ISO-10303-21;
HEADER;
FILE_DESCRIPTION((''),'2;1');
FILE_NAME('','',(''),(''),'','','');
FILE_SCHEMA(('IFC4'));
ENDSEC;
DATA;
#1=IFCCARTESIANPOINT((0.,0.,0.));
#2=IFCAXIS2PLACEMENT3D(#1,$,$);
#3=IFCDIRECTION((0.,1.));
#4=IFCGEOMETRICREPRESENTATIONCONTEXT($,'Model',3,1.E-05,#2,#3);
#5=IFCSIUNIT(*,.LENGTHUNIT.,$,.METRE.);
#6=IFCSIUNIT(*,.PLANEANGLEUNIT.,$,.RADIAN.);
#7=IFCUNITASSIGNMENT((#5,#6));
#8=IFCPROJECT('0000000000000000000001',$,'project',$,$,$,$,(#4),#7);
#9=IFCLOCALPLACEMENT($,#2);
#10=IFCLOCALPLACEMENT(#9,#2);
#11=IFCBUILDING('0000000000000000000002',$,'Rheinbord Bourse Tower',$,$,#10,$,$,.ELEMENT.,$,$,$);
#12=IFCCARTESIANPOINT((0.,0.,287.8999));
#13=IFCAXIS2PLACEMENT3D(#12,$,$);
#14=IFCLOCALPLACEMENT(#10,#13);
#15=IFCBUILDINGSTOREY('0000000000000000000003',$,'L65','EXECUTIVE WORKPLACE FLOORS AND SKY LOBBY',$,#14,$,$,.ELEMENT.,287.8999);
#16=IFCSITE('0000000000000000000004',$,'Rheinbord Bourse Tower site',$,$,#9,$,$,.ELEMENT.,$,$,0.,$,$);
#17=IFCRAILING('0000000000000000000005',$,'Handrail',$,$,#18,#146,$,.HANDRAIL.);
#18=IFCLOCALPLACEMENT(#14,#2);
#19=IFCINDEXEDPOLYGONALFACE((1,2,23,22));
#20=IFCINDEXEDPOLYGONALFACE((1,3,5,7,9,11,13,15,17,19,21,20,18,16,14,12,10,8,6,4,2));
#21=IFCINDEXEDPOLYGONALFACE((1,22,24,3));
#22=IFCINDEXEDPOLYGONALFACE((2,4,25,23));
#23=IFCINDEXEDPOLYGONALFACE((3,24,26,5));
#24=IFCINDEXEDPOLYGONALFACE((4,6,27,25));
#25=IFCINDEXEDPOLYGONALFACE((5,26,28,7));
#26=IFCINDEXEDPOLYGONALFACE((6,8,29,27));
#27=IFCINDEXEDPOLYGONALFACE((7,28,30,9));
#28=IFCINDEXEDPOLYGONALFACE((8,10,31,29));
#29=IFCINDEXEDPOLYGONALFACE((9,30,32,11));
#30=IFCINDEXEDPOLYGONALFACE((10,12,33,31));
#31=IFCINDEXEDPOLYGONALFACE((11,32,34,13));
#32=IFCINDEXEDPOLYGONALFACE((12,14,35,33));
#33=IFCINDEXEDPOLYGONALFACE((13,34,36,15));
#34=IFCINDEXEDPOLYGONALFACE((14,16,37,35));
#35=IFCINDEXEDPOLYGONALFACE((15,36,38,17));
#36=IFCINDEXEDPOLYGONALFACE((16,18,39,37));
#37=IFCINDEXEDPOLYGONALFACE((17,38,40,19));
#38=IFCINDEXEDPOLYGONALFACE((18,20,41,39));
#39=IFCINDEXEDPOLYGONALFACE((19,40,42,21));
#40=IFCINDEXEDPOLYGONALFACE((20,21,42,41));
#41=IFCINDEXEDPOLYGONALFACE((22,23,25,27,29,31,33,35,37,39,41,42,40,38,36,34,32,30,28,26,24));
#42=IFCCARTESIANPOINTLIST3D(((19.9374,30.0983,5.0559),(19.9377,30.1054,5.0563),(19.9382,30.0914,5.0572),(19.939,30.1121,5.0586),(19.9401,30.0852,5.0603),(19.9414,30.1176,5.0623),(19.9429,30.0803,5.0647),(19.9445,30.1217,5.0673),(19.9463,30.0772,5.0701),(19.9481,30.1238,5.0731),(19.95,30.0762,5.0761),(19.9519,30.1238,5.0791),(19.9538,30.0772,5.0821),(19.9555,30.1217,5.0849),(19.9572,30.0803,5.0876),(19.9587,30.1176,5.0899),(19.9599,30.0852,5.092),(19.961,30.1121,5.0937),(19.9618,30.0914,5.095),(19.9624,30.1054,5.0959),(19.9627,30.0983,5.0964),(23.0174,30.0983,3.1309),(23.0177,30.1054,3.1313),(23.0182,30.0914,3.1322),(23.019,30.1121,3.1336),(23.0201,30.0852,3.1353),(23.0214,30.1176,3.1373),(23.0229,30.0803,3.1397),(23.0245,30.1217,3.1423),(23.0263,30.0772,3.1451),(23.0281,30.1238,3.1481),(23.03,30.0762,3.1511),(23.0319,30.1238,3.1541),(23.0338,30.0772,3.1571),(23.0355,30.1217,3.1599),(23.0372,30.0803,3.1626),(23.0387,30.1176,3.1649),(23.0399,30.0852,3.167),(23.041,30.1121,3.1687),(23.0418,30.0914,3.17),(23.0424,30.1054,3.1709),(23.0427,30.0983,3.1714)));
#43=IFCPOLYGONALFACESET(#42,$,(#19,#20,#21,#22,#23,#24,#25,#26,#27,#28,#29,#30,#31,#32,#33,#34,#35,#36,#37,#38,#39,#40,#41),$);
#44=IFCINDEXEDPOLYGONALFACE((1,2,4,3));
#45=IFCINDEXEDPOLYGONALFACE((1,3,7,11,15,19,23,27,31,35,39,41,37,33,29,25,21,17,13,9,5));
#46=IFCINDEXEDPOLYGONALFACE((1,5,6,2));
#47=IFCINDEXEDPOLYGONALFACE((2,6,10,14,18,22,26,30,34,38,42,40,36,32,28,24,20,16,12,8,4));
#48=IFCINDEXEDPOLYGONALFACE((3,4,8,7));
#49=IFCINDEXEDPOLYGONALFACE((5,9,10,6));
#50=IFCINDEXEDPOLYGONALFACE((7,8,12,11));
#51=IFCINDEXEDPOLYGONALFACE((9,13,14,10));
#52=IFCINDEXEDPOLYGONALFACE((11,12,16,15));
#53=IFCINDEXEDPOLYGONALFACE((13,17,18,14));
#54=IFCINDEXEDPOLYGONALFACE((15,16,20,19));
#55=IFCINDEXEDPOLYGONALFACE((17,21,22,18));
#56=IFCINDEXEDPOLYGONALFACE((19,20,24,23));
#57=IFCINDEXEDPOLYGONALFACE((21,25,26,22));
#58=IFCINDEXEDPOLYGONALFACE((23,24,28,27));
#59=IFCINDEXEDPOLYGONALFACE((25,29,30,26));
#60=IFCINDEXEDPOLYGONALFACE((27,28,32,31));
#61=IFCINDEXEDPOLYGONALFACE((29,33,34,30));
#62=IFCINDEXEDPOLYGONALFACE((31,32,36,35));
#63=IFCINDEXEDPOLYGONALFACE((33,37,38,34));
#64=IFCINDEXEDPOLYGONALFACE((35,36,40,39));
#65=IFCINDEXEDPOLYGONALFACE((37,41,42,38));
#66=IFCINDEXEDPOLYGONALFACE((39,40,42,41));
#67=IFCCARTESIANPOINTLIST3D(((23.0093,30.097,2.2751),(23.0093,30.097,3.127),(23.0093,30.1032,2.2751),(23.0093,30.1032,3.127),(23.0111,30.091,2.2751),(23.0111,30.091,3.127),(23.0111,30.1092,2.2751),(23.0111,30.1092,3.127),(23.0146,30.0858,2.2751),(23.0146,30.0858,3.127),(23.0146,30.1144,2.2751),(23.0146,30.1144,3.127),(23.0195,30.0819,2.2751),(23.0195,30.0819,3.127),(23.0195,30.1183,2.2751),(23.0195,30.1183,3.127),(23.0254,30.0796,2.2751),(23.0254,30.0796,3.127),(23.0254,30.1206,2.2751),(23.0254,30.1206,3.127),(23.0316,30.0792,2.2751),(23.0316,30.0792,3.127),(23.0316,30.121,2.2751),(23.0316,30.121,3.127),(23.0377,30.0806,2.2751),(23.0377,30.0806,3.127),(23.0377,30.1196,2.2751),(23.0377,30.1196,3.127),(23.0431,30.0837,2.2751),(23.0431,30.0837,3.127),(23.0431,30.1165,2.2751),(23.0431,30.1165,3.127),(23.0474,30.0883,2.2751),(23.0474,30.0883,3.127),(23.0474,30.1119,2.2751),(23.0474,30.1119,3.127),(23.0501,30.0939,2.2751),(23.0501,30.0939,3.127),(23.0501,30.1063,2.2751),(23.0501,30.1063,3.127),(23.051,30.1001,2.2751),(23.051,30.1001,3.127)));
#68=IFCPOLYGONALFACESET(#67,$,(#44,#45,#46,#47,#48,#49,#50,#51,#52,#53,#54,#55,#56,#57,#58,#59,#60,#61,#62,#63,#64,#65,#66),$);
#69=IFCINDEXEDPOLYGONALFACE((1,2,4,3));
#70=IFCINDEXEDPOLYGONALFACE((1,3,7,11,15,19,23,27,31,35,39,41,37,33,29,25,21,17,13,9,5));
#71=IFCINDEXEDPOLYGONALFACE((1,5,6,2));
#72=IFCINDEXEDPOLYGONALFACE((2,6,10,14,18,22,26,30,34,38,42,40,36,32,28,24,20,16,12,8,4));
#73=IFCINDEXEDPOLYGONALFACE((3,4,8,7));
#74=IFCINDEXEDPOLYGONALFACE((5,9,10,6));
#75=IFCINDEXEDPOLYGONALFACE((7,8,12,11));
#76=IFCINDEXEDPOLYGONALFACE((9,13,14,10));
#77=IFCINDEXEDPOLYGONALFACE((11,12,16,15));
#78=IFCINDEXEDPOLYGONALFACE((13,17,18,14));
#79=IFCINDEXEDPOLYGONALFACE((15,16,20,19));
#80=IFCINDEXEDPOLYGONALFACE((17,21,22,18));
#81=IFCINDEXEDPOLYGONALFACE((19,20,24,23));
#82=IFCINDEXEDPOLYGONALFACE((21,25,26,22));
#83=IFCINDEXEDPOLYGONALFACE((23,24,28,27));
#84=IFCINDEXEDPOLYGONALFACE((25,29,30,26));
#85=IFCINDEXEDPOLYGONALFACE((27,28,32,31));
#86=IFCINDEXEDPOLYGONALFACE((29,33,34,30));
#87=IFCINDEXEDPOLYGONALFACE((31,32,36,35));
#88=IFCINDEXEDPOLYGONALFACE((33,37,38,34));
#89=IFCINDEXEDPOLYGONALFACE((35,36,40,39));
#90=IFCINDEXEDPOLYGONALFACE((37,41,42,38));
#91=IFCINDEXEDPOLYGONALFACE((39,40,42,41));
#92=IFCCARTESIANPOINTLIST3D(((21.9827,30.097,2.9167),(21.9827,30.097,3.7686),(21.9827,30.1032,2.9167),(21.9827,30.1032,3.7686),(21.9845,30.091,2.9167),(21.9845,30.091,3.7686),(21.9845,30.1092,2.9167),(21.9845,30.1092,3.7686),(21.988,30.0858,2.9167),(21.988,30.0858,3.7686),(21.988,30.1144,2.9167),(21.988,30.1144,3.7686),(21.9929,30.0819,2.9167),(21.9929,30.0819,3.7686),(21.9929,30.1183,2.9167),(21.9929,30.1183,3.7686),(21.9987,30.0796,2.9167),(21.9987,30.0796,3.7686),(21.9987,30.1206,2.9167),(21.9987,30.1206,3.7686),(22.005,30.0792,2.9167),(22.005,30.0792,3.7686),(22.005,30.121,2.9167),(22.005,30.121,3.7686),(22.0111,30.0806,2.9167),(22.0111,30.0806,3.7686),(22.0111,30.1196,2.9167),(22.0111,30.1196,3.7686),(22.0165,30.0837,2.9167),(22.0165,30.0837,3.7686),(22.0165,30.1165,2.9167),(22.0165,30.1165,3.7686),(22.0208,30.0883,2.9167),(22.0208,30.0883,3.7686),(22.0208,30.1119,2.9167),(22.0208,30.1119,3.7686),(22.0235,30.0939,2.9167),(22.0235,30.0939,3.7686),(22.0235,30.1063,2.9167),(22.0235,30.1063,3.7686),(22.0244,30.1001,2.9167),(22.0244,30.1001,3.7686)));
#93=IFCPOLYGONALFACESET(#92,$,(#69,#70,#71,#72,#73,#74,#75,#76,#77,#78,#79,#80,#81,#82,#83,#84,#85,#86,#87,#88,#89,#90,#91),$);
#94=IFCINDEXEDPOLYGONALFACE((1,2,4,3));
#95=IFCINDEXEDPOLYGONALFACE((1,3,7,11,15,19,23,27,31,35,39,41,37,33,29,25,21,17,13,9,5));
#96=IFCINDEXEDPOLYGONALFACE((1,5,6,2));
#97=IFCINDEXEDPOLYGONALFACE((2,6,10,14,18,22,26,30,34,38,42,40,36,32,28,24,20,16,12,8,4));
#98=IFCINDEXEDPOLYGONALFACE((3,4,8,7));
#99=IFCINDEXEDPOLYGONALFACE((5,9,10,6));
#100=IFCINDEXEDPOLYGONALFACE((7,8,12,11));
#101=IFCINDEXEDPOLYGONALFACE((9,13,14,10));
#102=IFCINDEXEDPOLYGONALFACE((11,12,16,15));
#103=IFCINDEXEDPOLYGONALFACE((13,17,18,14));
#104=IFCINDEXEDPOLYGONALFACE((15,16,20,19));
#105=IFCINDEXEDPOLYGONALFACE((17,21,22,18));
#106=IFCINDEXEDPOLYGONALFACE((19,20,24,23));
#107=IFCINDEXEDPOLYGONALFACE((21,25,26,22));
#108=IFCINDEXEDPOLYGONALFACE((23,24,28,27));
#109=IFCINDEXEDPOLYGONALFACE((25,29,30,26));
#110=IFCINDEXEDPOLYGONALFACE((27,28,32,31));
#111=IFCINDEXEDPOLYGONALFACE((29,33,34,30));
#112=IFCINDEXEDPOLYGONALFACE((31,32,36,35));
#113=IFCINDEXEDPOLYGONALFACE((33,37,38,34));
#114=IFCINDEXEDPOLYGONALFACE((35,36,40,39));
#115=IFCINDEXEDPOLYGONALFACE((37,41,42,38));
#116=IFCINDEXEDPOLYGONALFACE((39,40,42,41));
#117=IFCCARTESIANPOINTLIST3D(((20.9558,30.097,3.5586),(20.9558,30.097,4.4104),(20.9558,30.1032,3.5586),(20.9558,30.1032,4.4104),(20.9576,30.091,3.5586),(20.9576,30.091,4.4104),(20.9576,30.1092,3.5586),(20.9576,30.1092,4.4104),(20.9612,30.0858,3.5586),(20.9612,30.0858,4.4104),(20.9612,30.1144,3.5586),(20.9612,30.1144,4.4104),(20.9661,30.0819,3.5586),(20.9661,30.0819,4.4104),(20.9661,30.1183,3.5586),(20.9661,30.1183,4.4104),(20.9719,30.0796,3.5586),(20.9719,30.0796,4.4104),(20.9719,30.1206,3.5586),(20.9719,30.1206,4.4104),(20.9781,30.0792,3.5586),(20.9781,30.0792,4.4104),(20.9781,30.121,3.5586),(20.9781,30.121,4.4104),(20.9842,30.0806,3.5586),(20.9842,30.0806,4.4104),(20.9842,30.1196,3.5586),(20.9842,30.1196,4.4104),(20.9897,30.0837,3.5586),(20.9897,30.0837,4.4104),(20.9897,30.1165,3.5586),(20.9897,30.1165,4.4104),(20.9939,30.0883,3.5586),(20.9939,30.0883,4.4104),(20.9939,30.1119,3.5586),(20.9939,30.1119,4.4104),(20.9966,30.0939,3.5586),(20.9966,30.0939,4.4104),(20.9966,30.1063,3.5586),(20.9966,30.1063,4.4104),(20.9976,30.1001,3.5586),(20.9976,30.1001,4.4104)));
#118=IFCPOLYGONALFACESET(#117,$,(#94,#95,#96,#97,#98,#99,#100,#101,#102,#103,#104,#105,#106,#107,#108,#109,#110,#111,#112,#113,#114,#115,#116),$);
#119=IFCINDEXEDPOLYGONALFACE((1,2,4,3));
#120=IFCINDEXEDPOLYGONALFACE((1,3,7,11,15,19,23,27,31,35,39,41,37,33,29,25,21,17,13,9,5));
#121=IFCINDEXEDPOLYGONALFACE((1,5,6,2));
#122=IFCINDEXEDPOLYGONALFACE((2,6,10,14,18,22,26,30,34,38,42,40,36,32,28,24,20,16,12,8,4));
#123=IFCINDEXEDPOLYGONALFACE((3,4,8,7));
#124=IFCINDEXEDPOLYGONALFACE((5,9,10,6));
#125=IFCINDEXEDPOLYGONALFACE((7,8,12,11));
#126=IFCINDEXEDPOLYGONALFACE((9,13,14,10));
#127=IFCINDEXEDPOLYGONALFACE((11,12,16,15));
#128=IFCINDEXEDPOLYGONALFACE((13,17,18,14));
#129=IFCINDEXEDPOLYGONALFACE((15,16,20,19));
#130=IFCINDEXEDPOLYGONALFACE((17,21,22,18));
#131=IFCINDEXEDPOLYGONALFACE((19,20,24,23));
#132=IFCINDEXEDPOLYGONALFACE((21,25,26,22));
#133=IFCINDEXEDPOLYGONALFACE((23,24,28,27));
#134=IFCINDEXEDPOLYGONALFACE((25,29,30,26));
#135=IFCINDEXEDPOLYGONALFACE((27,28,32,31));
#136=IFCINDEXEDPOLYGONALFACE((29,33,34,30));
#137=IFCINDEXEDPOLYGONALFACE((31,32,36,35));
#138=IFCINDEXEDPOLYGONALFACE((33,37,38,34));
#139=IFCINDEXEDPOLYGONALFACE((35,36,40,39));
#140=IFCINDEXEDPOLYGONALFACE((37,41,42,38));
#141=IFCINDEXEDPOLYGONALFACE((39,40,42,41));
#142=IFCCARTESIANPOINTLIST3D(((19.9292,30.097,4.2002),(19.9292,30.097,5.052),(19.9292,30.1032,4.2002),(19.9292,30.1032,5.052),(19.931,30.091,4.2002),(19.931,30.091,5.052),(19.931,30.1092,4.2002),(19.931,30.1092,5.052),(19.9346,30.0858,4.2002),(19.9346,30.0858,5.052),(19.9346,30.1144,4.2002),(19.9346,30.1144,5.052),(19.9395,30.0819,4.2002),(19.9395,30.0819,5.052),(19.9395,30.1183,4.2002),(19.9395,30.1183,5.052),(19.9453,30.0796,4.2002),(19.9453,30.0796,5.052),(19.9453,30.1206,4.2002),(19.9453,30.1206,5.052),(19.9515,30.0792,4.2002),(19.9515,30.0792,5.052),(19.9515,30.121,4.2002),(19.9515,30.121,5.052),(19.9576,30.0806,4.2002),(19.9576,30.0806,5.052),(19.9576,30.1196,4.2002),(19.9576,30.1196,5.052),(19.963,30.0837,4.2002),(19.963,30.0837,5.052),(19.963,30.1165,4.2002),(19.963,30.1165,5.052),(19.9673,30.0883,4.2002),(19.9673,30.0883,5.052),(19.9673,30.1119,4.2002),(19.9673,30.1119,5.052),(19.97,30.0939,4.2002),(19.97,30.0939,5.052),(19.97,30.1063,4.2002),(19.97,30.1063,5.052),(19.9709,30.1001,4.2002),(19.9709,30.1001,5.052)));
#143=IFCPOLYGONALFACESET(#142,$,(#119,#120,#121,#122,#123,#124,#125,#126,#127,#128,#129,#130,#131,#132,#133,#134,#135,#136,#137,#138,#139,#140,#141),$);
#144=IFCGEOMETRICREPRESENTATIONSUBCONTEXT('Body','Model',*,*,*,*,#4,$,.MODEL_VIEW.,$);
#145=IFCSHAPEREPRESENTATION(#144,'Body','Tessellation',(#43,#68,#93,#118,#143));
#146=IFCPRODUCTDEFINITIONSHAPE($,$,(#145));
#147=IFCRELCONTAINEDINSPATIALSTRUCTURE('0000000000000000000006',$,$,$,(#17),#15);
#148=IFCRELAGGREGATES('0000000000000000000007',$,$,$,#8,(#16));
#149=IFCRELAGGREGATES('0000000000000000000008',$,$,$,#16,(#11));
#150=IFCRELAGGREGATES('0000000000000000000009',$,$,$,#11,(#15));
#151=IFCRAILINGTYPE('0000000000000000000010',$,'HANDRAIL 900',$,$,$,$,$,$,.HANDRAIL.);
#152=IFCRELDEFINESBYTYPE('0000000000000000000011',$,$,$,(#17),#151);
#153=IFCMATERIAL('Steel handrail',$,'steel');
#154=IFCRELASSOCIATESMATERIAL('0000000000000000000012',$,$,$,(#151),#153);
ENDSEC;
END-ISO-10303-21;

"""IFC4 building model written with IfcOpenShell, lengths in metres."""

from ifc_helpers import new_model, si_unit, direction, frame, origin, origin_2d, place, context, subcontext, project, spatial, circle, extrude, material, type_object, element, save


model = new_model("IFC4")

# Units and contexts
model_context = context("Model", 3, precision=1e-05, world=origin(), true_north=direction((0.0, 1.0)))
body_context = subcontext(model_context, "Body", "Model", "MODEL_VIEW")
ifc_project = project(units=[si_unit("LENGTHUNIT", "METRE"), si_unit("PLANEANGLEUNIT", "RADIAN")], contexts=[model_context])

# Site, building, storey
site_placement = place(None, origin())
site = spatial("IfcSite", under=ifc_project, at=site_placement, Name="Rheinbord Bourse Tower site", CompositionType="ELEMENT", RefElevation=0.0)
building_placement = place(site_placement, origin())
building = spatial("IfcBuilding", under=site, at=building_placement, Name="Rheinbord Bourse Tower", CompositionType="ELEMENT")
storey_placement = place(building_placement, frame((0.0, 0.0, 287.8999)))
storey = spatial("IfcBuildingStorey", under=building, at=storey_placement, Name="L65", Description="EXECUTIVE WORKPLACE FLOORS AND SKY LOBBY", CompositionType="ELEMENT", Elevation=287.8999)

# Railing
ifc_material_1 = material(Name="Steel handrail", Category="steel")
railing_type = type_object("IfcRailingType", Name="HANDRAIL 900", PredefinedType="HANDRAIL", material=ifc_material_1)
railing_1_placement = place(storey_placement, frame((23.03, 30.1001, 2.2751)))
element("IfcRailing", 1, at=railing_1_placement, inside=storey, type_object=railing_type, Name="Handrail", PredefinedType="HANDRAIL", context=body_context, shape_type="SweptSolid", body=[
    extrude(circle(Radius=0.0239, at=origin_2d()), frame((0.0, 0.0, 0.876), z_axis=(-0.847998, 0.0, 0.529999), x_axis=(0.0, -1.0, 0.0)), (0.0, 0.0, 1.0), 3.6321),
    extrude(circle(Radius=0.021, at=origin_2d()), origin(), (0.0, 0.0, 1.0), 0.8518),
    extrude(circle(Radius=0.021, at=origin_2d()), frame((-1.0266, 0.0, 0.6416)), (0.0, 0.0, 1.0), 0.8518),
    extrude(circle(Radius=0.021, at=origin_2d()), frame((-2.0535, 0.0, 1.2834)), (0.0, 0.0, 1.0), 0.8518),
    extrude(circle(Radius=0.021, at=origin_2d()), frame((-3.0801, 0.0, 1.925)), (0.0, 0.0, 1.0), 0.8518),
])

save(model, "model.ifc")
